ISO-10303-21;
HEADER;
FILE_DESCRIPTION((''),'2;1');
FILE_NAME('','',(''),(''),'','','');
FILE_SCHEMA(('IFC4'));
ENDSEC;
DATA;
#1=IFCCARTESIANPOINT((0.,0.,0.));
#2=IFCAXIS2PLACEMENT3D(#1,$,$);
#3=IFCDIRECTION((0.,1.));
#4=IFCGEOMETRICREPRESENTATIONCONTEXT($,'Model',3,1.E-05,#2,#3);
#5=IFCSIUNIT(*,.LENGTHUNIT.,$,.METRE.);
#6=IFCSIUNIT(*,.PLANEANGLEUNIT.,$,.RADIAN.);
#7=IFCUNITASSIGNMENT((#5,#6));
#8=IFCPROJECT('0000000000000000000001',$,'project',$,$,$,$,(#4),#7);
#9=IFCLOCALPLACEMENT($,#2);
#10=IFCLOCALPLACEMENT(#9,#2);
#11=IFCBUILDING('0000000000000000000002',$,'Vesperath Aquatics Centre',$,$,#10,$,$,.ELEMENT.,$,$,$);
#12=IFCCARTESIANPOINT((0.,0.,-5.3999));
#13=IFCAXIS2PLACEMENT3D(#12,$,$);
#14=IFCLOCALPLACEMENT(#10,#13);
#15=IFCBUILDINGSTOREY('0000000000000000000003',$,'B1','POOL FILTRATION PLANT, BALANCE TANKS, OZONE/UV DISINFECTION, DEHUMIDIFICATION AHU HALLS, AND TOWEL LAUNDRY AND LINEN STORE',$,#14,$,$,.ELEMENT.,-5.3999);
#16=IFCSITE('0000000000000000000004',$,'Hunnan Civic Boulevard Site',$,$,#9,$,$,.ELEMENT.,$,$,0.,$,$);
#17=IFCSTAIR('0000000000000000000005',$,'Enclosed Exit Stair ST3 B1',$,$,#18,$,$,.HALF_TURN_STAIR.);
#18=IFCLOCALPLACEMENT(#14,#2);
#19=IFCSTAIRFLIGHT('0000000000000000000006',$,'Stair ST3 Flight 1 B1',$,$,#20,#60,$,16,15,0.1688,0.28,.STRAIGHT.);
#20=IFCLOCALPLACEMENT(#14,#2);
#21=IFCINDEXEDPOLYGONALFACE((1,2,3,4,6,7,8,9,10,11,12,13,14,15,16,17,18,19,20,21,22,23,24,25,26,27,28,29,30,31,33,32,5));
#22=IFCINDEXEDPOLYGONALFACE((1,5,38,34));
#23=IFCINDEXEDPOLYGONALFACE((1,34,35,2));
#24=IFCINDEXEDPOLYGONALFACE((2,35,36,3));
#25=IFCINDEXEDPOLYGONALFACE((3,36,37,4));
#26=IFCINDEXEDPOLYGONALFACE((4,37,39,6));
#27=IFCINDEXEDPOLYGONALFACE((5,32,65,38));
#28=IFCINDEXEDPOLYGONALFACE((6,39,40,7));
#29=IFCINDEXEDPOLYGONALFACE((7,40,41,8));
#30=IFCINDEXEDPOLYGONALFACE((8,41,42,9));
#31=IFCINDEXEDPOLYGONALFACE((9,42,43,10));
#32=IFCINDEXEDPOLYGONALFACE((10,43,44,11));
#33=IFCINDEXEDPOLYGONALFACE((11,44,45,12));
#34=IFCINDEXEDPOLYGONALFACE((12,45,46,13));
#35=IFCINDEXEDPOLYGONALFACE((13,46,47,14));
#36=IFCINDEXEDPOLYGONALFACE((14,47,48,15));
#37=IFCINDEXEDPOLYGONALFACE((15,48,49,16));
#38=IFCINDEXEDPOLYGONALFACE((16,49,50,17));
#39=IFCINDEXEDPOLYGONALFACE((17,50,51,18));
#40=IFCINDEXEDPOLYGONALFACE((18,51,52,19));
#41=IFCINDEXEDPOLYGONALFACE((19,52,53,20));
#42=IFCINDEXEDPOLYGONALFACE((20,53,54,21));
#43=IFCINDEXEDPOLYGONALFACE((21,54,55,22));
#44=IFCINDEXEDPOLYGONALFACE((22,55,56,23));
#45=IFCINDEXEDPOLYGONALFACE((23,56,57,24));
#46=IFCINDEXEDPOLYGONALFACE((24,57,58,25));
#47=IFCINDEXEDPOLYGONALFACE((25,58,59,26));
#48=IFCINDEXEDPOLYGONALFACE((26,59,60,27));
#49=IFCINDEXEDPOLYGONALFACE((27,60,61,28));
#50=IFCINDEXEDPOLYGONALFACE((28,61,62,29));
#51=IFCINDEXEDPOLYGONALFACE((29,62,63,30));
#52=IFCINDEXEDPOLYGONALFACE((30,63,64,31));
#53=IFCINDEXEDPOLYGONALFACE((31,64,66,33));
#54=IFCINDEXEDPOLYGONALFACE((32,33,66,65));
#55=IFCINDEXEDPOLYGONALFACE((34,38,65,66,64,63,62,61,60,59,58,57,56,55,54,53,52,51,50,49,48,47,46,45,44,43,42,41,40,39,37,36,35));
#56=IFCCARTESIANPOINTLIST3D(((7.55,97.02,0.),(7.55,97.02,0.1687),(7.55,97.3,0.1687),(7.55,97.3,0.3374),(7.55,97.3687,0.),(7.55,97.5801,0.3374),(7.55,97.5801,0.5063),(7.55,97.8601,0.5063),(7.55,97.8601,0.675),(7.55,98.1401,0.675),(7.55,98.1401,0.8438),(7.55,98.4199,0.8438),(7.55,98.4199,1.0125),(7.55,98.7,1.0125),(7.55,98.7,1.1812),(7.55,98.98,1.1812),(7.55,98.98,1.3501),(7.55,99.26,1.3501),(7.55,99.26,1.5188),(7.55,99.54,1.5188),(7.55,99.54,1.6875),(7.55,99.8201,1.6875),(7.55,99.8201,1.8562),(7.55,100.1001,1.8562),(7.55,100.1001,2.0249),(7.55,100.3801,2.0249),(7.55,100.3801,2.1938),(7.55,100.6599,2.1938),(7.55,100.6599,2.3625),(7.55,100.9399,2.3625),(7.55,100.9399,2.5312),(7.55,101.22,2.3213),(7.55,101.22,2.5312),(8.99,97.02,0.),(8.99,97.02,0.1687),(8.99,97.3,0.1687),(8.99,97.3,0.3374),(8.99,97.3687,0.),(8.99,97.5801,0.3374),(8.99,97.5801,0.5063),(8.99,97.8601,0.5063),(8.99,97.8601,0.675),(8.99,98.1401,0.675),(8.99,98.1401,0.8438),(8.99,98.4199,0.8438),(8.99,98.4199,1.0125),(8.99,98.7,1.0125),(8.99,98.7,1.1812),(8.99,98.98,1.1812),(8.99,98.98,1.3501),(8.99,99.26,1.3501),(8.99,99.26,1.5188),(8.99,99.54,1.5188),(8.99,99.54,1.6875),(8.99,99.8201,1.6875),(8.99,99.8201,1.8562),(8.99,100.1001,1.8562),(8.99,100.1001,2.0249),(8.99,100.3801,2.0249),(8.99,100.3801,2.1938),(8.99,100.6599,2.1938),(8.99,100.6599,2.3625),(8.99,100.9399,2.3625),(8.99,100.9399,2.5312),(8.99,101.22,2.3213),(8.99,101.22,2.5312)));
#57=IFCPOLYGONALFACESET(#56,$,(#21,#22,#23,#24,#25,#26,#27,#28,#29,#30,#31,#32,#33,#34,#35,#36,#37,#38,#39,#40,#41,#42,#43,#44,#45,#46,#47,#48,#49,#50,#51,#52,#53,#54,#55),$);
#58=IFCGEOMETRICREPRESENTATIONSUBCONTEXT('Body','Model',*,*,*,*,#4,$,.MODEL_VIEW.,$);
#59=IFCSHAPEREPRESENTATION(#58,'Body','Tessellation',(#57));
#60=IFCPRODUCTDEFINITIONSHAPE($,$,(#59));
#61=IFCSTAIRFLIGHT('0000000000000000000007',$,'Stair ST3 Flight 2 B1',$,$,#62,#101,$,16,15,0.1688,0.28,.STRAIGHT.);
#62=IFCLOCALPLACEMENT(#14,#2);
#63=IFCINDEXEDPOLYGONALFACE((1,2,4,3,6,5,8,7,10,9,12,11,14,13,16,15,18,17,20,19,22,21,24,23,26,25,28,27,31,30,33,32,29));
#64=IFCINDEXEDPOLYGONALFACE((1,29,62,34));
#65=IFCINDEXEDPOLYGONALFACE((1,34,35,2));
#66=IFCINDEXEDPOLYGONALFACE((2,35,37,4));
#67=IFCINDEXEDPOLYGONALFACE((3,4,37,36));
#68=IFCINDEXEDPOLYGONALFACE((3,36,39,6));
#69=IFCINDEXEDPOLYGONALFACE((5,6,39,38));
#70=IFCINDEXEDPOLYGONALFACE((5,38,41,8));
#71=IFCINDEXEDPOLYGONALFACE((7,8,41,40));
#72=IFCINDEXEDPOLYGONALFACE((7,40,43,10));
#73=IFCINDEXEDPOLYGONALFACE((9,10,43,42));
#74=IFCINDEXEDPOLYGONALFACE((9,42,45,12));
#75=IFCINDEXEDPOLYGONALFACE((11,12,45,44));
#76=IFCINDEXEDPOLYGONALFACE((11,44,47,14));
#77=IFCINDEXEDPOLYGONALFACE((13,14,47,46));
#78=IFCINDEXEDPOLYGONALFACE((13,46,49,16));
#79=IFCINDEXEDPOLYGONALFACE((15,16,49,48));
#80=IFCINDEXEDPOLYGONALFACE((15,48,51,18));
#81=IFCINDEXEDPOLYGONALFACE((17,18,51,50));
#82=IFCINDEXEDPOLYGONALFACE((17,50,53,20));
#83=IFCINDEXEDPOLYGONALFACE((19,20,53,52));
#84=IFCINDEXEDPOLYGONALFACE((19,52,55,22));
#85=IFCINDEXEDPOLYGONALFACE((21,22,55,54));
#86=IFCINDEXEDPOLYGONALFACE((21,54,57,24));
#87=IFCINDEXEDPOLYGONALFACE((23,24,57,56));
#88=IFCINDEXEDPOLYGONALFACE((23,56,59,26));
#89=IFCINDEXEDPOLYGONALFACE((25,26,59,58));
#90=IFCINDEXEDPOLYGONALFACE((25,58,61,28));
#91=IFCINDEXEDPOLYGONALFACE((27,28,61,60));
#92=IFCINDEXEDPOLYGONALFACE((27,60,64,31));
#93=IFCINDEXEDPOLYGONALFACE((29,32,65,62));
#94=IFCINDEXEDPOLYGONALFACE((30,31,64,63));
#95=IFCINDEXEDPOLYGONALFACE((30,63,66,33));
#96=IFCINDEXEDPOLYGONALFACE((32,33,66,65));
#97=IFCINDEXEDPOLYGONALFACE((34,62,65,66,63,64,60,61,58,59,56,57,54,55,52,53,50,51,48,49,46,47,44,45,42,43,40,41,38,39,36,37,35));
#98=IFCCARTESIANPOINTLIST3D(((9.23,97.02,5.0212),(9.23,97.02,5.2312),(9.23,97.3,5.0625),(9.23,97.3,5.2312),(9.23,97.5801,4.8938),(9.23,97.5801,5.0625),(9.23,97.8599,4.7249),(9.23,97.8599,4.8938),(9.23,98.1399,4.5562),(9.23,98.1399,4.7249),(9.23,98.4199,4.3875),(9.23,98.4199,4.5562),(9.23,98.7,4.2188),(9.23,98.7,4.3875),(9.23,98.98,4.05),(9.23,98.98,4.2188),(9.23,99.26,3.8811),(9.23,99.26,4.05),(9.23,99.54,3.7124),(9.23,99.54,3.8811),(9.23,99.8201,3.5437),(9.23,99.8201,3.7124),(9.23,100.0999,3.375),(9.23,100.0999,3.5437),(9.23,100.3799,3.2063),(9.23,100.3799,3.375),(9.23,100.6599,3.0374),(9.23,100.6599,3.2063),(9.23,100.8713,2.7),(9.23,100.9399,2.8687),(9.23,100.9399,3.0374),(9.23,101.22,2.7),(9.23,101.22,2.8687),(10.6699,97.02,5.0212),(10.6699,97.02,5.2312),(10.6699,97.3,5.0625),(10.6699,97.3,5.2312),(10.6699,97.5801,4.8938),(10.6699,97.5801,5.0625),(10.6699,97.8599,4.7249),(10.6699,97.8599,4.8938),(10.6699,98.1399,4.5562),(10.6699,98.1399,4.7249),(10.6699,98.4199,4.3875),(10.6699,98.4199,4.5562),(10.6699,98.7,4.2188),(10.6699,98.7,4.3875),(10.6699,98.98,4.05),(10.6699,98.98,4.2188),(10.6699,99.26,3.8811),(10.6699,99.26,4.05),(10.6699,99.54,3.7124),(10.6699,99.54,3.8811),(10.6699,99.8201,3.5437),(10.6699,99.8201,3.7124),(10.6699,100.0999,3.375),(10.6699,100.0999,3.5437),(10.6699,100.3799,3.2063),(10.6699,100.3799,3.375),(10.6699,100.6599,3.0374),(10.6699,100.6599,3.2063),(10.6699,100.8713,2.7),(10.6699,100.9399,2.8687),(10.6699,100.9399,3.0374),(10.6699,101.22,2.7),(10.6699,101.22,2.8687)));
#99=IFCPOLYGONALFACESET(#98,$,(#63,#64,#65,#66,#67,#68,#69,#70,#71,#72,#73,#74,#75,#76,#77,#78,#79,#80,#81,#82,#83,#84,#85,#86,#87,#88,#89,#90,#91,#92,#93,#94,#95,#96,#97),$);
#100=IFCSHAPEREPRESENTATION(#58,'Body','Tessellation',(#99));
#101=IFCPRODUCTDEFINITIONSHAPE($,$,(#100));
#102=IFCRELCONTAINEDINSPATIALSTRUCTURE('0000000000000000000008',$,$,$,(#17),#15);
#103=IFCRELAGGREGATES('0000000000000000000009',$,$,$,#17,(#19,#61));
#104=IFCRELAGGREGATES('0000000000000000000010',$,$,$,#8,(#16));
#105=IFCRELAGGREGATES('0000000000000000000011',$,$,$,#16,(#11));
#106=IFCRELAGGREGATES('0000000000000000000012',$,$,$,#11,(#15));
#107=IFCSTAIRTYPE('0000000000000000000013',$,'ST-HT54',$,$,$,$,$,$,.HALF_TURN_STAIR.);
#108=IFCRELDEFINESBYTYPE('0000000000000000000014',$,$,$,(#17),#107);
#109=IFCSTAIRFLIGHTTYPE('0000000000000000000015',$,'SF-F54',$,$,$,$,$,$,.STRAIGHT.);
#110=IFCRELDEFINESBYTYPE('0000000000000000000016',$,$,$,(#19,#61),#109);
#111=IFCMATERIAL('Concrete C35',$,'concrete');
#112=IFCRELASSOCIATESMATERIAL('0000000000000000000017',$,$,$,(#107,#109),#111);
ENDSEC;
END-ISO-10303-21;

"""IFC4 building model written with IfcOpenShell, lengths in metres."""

from ifc_helpers import new_model, si_unit, direction, frame, origin, place, context, subcontext, project, spatial, polyline, outline, extrude, material, type_object, element, aggregate, save


model = new_model("IFC4")

# Units and contexts
model_context = context("Model", 3, precision=1e-05, world=origin(), true_north=direction((0.0, 1.0)))
body_context = subcontext(model_context, "Body", "Model", "MODEL_VIEW")
ifc_project = project(units=[si_unit("LENGTHUNIT", "METRE"), si_unit("PLANEANGLEUNIT", "RADIAN")], contexts=[model_context])

# Site, building, storey
site_placement = place(None, origin())
site = spatial("IfcSite", under=ifc_project, at=site_placement, Name="Hunnan Civic Boulevard Site", CompositionType="ELEMENT", RefElevation=0.0)
building_placement = place(site_placement, origin())
building = spatial("IfcBuilding", under=site, at=building_placement, Name="Vesperath Aquatics Centre", CompositionType="ELEMENT")
storey_placement = place(building_placement, frame((0.0, 0.0, -5.3999)))
storey = spatial("IfcBuildingStorey", under=building, at=storey_placement, Name="B1", Description="POOL FILTRATION PLANT, BALANCE TANKS, OZONE/UV DISINFECTION, DEHUMIDIFICATION AHU HALLS, AND TOWEL LAUNDRY AND LINEN STORE", CompositionType="ELEMENT", Elevation=-5.3999)

# Shared definitions
ifc_material_1 = material(Name="Concrete C35", Category="concrete")

# Stair, stair flights
stair_type = type_object("IfcStairType", Name="ST-HT54", PredefinedType="HALF_TURN_STAIR", material=ifc_material_1)
stair_placement = place(storey_placement, origin())
stair = element("IfcStair", 1, at=stair_placement, inside=storey, type_object=stair_type, Name="Enclosed Exit Stair ST3 B1", PredefinedType="HALF_TURN_STAIR")
stair_flight_type = type_object("IfcStairFlightType", Name="SF-F54", PredefinedType="STRAIGHT", material=ifc_material_1)
stair_flight_1_placement = place(storey_placement, frame((8.27, 97.02, 0.0), z_axis=(0.0, 0.0, 1.0), x_axis=(0.0, 1.0, 0.0)))
stair_flight_1 = element("IfcStairFlight", 2, at=stair_flight_1_placement, type_object=stair_flight_type, Name="Stair ST3 Flight 1 B1", NumberOfRisers=16, NumberOfTreads=15, PredefinedType="STRAIGHT", RiserHeight=0.1688, TreadLength=0.28, context=body_context, shape_type="SweptSolid", body=[
    extrude(outline(polyline([(0.0, 0.0), (0.0, 0.1687), (0.28, 0.1687), (0.28, 0.3374), (0.5601, 0.3374), (0.5601, 0.5063), (0.8401, 0.5063), (0.8401, 0.675), (1.1201, 0.675), (1.1201, 0.8438), (1.3999, 0.8438), (1.3999, 1.0125), (1.6799, 1.0125), (1.6799, 1.1812), (1.96, 1.1812), (1.96, 1.3501), (2.24, 1.3501), (2.24, 1.5188), (2.52, 1.5188), (2.52, 1.6875), (2.8, 1.6875), (2.8, 1.8562), (3.0801, 1.8562), (3.0801, 2.0249), (3.3601, 2.0249), (3.3601, 2.1938), (3.6399, 2.1938), (3.6399, 2.3625), (3.9199, 2.3625), (3.9199, 2.5312), (4.2, 2.5312), (4.2, 2.7), (4.2, 2.3213), (0.3486, 0.0), (0.0, 0.0)])), frame((0.0, 0.72, 0.0), z_axis=(0.0, -1.0, 0.0), x_axis=(1.0, 0.0, 0.0)), (0.0, 0.0, 1.0), 1.4399),
])
stair_flight_2_placement = place(storey_placement, frame((9.95, 101.22, 2.7), z_axis=(0.0, 0.0, 1.0), x_axis=(0.0, -1.0, 0.0)))
stair_flight_2 = element("IfcStairFlight", 3, at=stair_flight_2_placement, type_object=stair_flight_type, Name="Stair ST3 Flight 2 B1", NumberOfRisers=16, NumberOfTreads=15, PredefinedType="STRAIGHT", RiserHeight=0.1688, TreadLength=0.28, context=body_context, shape_type="SweptSolid", body=[
    extrude(outline(polyline([(0.0, 0.0), (0.0, 0.1687), (0.28, 0.1687), (0.28, 0.3374), (0.5601, 0.3374), (0.5601, 0.5063), (0.8401, 0.5063), (0.8401, 0.675), (1.1201, 0.675), (1.1201, 0.8438), (1.3999, 0.8438), (1.3999, 1.0125), (1.6799, 1.0125), (1.6799, 1.1812), (1.96, 1.1812), (1.96, 1.3501), (2.24, 1.3501), (2.24, 1.5188), (2.52, 1.5188), (2.52, 1.6875), (2.8, 1.6875), (2.8, 1.8562), (3.0801, 1.8562), (3.0801, 2.0249), (3.3601, 2.0249), (3.3601, 2.1938), (3.6399, 2.1938), (3.6399, 2.3625), (3.9199, 2.3625), (3.9199, 2.5312), (4.2, 2.5312), (4.2, 2.7), (4.2, 2.3213), (0.3486, 0.0), (0.0, 0.0)])), frame((0.0, 0.72, 0.0), z_axis=(0.0, -1.0, 0.0), x_axis=(1.0, 0.0, 0.0)), (0.0, 0.0, 1.0), 1.4399),
])
aggregate(stair, [stair_flight_1, stair_flight_2])

save(model, "model.ifc")
